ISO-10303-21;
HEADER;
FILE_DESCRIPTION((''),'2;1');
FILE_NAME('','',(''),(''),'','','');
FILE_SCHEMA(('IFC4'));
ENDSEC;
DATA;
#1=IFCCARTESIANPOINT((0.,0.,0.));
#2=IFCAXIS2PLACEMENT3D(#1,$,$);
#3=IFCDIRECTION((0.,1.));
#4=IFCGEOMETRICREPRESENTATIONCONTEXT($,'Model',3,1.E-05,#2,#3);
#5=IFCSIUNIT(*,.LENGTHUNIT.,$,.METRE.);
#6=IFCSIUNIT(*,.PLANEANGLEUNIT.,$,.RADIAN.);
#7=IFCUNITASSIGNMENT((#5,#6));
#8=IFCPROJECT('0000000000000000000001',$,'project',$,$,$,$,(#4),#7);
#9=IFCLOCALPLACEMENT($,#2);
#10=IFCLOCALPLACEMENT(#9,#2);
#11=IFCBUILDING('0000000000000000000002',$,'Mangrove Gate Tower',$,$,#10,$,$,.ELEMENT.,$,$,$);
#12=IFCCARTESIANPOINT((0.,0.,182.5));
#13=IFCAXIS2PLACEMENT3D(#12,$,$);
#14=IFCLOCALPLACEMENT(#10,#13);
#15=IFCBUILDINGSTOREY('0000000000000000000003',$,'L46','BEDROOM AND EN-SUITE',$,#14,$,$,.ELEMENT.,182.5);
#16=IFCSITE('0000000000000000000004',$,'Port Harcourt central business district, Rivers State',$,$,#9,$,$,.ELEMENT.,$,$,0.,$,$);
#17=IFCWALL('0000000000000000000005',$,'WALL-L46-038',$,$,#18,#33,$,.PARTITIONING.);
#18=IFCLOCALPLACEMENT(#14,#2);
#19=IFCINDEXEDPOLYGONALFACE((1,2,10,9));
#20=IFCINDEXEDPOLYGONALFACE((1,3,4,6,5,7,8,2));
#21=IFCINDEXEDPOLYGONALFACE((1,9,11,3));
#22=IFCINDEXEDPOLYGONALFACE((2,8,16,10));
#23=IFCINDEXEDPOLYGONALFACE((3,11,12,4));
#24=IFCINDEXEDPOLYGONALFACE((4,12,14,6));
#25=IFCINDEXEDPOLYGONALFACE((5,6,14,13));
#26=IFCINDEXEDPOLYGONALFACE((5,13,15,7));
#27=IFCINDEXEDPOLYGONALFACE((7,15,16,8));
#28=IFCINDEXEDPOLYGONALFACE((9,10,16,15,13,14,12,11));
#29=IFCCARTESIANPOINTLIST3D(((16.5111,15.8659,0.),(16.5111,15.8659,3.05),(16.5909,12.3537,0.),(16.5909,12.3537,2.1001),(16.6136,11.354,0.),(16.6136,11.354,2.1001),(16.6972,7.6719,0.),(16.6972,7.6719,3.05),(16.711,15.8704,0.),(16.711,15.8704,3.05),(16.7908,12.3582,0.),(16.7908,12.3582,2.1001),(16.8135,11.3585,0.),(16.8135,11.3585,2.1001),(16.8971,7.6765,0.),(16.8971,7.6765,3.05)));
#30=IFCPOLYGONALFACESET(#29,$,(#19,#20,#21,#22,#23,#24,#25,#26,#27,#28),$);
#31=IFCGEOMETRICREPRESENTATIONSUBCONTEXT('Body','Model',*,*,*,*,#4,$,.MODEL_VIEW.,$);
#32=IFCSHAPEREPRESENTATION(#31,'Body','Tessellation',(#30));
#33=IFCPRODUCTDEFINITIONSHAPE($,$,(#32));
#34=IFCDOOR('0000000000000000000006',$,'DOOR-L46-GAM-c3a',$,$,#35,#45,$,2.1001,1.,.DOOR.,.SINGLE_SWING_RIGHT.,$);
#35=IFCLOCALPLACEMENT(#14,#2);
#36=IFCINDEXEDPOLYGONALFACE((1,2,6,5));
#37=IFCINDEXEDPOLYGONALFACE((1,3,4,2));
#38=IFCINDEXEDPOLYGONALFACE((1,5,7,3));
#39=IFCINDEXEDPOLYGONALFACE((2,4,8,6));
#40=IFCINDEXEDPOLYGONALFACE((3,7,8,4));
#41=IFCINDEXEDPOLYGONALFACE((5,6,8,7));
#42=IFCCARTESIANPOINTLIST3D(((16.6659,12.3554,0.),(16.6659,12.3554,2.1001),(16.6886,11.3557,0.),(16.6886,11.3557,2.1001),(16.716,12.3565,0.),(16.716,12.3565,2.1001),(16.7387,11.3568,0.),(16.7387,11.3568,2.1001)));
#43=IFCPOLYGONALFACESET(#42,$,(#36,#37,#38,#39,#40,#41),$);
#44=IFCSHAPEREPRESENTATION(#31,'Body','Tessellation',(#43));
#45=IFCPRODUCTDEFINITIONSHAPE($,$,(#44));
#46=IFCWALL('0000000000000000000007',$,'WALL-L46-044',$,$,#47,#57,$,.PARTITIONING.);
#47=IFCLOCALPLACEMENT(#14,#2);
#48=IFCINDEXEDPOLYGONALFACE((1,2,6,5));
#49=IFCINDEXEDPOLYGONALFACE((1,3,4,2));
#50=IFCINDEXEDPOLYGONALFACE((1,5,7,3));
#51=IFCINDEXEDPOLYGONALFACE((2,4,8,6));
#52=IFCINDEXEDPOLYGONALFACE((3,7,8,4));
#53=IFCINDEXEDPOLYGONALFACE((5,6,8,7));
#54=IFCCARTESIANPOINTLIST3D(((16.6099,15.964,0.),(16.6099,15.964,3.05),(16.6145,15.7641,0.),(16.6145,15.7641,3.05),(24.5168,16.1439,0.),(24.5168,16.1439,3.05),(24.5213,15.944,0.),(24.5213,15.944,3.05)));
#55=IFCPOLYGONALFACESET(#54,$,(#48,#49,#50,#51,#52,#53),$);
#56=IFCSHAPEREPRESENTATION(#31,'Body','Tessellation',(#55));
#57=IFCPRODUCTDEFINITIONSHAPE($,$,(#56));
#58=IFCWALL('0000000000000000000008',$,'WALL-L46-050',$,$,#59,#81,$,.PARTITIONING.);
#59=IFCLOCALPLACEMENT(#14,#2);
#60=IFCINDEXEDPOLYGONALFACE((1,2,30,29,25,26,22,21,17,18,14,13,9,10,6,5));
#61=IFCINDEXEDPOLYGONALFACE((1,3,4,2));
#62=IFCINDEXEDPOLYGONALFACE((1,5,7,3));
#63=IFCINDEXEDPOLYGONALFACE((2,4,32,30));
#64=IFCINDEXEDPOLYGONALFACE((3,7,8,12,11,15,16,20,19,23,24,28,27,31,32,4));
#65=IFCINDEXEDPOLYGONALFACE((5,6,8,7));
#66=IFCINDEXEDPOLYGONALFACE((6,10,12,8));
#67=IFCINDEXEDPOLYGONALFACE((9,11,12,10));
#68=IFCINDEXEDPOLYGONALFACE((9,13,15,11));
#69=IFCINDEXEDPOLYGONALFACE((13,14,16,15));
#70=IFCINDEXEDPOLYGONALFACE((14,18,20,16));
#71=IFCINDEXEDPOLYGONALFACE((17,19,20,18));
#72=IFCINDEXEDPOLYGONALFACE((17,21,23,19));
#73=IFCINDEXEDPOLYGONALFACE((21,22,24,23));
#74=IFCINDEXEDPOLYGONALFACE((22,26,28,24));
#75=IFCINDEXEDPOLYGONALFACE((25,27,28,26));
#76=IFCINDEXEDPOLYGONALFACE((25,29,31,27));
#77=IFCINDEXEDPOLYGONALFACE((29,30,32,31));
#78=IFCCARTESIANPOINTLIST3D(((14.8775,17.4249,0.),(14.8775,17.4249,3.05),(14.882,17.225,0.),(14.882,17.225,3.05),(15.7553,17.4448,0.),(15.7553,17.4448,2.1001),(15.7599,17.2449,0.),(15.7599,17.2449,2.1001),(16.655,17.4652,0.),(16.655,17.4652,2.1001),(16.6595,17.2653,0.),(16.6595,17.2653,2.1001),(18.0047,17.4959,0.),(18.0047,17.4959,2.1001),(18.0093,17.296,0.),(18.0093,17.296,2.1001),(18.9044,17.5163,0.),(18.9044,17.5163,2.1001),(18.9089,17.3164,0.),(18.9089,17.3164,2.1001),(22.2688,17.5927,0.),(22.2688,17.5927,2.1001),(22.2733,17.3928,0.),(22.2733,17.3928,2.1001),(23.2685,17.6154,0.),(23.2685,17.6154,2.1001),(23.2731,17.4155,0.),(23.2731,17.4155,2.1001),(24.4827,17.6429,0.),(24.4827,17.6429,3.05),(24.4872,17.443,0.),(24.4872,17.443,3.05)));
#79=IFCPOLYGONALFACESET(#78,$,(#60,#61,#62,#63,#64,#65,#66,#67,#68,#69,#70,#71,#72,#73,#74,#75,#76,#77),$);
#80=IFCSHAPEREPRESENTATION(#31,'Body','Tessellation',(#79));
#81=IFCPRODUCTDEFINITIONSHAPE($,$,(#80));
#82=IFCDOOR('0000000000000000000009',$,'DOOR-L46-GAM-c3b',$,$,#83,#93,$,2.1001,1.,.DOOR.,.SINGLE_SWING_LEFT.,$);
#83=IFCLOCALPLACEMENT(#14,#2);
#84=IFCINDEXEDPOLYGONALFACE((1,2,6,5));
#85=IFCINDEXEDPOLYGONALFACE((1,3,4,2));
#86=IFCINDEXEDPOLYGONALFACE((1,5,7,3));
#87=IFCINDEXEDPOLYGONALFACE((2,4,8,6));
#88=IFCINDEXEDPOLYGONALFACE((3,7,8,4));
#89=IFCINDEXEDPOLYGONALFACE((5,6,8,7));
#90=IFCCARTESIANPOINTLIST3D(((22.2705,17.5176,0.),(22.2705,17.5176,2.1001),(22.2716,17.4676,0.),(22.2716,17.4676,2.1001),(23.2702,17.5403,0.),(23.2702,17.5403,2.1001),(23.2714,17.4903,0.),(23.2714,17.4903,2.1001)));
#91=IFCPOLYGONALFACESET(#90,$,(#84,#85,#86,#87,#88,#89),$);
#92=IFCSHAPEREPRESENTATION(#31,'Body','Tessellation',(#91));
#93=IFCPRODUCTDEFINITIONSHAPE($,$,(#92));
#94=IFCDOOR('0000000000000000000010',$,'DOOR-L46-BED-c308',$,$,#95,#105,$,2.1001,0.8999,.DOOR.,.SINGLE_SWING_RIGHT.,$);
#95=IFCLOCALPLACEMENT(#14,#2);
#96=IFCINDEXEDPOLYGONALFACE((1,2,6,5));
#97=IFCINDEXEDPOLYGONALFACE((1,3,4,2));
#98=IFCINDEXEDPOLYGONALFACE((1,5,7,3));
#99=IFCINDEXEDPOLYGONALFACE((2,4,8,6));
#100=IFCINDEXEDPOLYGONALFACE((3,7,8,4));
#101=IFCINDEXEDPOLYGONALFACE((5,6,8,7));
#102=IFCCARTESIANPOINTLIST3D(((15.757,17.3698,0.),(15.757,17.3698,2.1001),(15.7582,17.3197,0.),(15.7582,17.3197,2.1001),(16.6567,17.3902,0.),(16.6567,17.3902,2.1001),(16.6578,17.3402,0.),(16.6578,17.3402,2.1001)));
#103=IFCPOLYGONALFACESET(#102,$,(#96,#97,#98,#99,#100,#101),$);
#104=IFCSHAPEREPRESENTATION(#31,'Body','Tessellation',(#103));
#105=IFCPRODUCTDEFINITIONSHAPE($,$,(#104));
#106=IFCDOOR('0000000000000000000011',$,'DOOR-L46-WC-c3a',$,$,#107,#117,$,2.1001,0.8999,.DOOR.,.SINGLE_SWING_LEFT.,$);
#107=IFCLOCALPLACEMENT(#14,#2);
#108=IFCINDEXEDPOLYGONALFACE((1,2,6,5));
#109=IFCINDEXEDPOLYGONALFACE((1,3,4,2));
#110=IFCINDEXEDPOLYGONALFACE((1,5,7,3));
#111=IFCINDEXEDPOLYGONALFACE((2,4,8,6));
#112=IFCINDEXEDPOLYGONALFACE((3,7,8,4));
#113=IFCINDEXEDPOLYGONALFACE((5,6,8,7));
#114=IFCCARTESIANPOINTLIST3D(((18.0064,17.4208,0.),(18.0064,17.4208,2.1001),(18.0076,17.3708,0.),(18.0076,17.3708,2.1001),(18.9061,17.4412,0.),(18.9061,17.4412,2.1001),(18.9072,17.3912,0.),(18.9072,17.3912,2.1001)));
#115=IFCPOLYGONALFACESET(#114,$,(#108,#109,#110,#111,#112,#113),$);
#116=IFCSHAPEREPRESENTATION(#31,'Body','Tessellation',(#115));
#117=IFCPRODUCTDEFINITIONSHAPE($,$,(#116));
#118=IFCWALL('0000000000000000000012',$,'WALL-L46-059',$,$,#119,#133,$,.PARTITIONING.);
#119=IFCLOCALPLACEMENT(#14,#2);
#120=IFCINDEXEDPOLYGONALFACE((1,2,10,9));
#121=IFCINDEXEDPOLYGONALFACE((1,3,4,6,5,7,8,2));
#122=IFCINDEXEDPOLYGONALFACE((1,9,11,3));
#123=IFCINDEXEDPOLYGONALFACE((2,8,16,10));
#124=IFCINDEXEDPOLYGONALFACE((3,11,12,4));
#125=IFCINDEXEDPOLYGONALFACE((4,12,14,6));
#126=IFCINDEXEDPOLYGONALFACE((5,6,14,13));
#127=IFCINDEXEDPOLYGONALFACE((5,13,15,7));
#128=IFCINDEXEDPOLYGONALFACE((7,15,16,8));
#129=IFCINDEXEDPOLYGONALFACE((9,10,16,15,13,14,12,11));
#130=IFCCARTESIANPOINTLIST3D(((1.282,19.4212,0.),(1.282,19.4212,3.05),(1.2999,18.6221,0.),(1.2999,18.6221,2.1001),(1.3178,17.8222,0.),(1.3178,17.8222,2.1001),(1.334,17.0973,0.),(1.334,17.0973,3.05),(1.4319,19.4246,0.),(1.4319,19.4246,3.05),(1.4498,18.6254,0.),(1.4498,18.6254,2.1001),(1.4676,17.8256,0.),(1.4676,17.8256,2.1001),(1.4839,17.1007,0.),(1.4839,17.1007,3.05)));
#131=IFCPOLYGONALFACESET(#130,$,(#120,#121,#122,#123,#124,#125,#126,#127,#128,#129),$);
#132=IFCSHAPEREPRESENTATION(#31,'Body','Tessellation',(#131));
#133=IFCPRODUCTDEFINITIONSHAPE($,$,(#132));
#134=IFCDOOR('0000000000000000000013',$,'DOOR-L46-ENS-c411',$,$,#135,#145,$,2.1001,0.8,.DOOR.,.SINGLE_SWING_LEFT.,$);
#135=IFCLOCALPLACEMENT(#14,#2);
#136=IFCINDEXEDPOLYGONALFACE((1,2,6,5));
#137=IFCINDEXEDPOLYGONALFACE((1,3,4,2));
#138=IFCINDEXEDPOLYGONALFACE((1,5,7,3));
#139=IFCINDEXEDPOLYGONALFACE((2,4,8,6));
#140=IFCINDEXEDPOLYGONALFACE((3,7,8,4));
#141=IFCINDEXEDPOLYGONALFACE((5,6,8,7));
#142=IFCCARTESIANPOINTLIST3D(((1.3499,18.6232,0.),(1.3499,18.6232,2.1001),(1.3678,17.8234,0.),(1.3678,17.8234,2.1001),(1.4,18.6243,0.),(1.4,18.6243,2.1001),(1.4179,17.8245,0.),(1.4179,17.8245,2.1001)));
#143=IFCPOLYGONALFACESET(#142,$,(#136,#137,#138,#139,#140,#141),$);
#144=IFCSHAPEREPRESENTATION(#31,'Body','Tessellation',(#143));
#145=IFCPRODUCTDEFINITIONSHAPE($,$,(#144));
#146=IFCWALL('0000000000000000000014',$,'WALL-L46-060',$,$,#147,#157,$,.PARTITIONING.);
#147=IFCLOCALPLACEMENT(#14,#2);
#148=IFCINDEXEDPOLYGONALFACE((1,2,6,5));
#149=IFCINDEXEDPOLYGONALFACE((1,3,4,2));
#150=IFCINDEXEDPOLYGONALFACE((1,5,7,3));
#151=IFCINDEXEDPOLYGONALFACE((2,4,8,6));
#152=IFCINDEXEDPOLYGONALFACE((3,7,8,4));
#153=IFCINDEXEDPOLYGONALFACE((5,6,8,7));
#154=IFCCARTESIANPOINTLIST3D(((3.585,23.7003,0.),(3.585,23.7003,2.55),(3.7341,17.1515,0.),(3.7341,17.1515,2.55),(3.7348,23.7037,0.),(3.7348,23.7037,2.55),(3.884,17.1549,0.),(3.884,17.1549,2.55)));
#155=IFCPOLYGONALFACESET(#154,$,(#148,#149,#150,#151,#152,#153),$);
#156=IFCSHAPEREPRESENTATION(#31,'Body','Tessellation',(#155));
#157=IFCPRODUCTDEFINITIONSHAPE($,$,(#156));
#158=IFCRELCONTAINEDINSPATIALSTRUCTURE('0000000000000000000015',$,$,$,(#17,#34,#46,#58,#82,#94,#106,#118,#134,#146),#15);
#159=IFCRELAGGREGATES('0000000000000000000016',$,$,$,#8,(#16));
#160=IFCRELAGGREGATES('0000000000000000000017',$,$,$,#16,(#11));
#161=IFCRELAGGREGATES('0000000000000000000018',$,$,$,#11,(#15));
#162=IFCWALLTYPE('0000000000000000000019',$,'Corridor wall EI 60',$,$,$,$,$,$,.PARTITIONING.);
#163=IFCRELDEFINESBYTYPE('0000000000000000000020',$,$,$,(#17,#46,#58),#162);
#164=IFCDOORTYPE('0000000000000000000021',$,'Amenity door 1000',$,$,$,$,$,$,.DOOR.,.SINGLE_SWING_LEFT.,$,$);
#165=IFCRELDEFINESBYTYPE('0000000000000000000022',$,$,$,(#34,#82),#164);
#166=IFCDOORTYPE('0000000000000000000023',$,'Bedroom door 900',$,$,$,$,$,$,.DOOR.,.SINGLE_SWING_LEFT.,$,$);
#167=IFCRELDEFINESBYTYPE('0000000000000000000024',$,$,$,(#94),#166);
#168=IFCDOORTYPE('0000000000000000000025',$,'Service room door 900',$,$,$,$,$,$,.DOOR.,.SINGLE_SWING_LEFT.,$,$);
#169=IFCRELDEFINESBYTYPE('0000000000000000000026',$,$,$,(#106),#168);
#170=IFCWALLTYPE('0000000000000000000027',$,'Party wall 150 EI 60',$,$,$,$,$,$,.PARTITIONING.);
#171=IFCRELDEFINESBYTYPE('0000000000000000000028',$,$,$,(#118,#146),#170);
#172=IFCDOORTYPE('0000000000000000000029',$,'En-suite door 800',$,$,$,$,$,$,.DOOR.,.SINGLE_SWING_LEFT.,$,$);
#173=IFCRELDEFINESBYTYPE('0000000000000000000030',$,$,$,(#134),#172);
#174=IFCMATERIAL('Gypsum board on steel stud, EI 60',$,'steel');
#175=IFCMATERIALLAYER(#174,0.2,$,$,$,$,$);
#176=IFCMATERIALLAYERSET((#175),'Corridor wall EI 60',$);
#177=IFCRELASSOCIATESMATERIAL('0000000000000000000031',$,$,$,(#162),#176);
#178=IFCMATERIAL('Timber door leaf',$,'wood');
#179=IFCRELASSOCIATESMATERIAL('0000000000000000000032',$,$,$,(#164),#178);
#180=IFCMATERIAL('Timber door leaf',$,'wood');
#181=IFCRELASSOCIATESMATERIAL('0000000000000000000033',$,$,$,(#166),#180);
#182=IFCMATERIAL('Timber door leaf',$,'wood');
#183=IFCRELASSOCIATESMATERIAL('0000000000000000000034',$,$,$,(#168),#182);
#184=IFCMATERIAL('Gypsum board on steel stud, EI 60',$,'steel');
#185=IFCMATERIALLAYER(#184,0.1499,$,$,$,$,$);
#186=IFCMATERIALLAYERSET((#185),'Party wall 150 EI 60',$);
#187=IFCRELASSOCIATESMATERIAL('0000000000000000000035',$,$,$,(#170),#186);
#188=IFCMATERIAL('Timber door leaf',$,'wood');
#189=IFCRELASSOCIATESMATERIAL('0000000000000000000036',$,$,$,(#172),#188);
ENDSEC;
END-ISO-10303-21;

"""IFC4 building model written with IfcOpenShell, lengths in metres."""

from ifc_helpers import new_model, si_unit, direction, frame, frame_2d, origin, place, context, subcontext, project, spatial, rectangle, extrude, material, layer, layer_set, type_object, element, fill, save


model = new_model("IFC4")

# Units and contexts
model_context = context("Model", 3, precision=1e-05, world=origin(), true_north=direction((0.0, 1.0)))
body_context = subcontext(model_context, "Body", "Model", "MODEL_VIEW")
ifc_project = project(units=[si_unit("LENGTHUNIT", "METRE"), si_unit("PLANEANGLEUNIT", "RADIAN")], contexts=[model_context])

# Site, building, storey
site_placement = place(None, origin())
site = spatial("IfcSite", under=ifc_project, at=site_placement, Name="Port Harcourt central business district, Rivers State", CompositionType="ELEMENT", RefElevation=0.0)
building_placement = place(site_placement, origin())
building = spatial("IfcBuilding", under=site, at=building_placement, Name="Mangrove Gate Tower", CompositionType="ELEMENT")
storey_placement = place(building_placement, frame((0.0, 0.0, 182.5)))
storey = spatial("IfcBuildingStorey", under=building, at=storey_placement, Name="L46", Description="BEDROOM AND EN-SUITE", CompositionType="ELEMENT", Elevation=182.5)

# Wall, opening, door
ifc_material_1 = material(Name="Gypsum board on steel stud, EI 60", Category="steel")
ifc_layer_1 = layer(ifc_material_1, 0.2)
ifc_layer_set_1 = layer_set([ifc_layer_1], Name="Corridor wall EI 60")
wall_type_1 = type_object("IfcWallType", Name="Corridor wall EI 60", PredefinedType="PARTITIONING", material=ifc_layer_set_1)
wall_1_placement = place(storey_placement, frame((16.7971, 7.6741, 0.0), z_axis=(0.0, 0.0, 1.0), x_axis=(-0.022698, 0.999742, 0.0)))
wall_1 = element("IfcWall", 1, at=wall_1_placement, inside=storey, type_object=wall_type_1, Name="WALL-L46-038", PredefinedType="PARTITIONING", context=body_context, shape_type="SweptSolid", body=[
    extrude(rectangle(XDim=8.196, YDim=0.2, at=frame_2d((4.0981, 0.0))), origin(), (0.0, 0.0, 1.0), 3.05),
])
opening_1_placement = place(wall_1_placement, frame((3.6831, 0.0, 0.0)))
opening_1 = element("IfcOpeningElement", 2, at=opening_1_placement, cuts=wall_1, PredefinedType="OPENING", context=body_context, shape_type="SweptSolid", body=[
    extrude(rectangle(XDim=1.0, YDim=2.1001, at=frame_2d((0.5, 1.05))), frame((0.0, 0.1099, 0.0), z_axis=(0.0, -1.0, 0.0), x_axis=(1.0, 0.0, 0.0)), (0.0, 0.0, 1.0), 0.22),
])
ifc_material_2 = material(Name="Timber door leaf", Category="wood")
door_type_1 = type_object("IfcDoorType", Name="Amenity door 1000", OperationType="SINGLE_SWING_LEFT", PredefinedType="DOOR", material=ifc_material_2)
door_1_placement = place(opening_1_placement, origin())
door_1 = element("IfcDoor", 3, at=door_1_placement, inside=storey, type_object=door_type_1, Name="DOOR-L46-GAM-c3a", OperationType="SINGLE_SWING_RIGHT", OverallHeight=2.1001, OverallWidth=1.0, PredefinedType="DOOR", context=body_context, shape_type="SweptSolid", body=[
    extrude(rectangle(XDim=1.0, YDim=2.1001, at=frame_2d((0.5, 1.05))), frame((0.0, 0.0249, 0.0), z_axis=(0.0, -1.0, 0.0), x_axis=(1.0, 0.0, 0.0)), (0.0, 0.0, 1.0), 0.05),
])
fill(opening_1, door_1)

# Wall
wall_2_placement = place(storey_placement, frame((16.6121, 15.864, 0.0), z_axis=(0.0, 0.0, 1.0), x_axis=(0.999741, 0.02275, 0.0)))
element("IfcWall", 4, at=wall_2_placement, inside=storey, type_object=wall_type_1, Name="WALL-L46-044", PredefinedType="PARTITIONING", context=body_context, shape_type="SweptSolid", body=[
    extrude(rectangle(XDim=7.9089, YDim=0.2, at=frame_2d((3.9546, 0.0))), origin(), (0.0, 0.0, 1.0), 3.05),
])

# Wall, openings, doors
wall_3_placement = place(storey_placement, frame((14.8799, 17.325, 0.0), z_axis=(0.0, 0.0, 1.0), x_axis=(0.999743, 0.022692, 0.0)))
wall_3 = element("IfcWall", 5, at=wall_3_placement, inside=storey, type_object=wall_type_1, Name="WALL-L46-050", PredefinedType="PARTITIONING", context=body_context, shape_type="SweptSolid", body=[
    extrude(rectangle(XDim=9.6077, YDim=0.2, at=frame_2d((4.8037, 0.0))), origin(), (0.0, 0.0, 1.0), 3.05),
])
opening_2_placement = place(wall_3_placement, frame((7.3931, 0.0, 0.0)))
opening_2 = element("IfcOpeningElement", 6, at=opening_2_placement, cuts=wall_3, PredefinedType="OPENING", context=body_context, shape_type="SweptSolid", body=[
    extrude(rectangle(XDim=1.0, YDim=2.1001, at=frame_2d((0.5, 1.05))), frame((0.0, 0.1099, 0.0), z_axis=(0.0, -1.0, 0.0), x_axis=(1.0, 0.0, 0.0)), (0.0, 0.0, 1.0), 0.22),
])
opening_3_placement = place(wall_3_placement, frame((3.1279, 0.0, 0.0)))
opening_3 = element("IfcOpeningElement", 7, at=opening_3_placement, cuts=wall_3, PredefinedType="OPENING", context=body_context, shape_type="SweptSolid", body=[
    extrude(rectangle(XDim=0.8999, YDim=2.1001, at=frame_2d((0.45, 1.05))), frame((0.0, 0.1099, 0.0), z_axis=(0.0, -1.0, 0.0), x_axis=(1.0, 0.0, 0.0)), (0.0, 0.0, 1.0), 0.22),
])
opening_4_placement = place(wall_3_placement, frame((0.8779, 0.0, 0.0)))
opening_4 = element("IfcOpeningElement", 8, at=opening_4_placement, cuts=wall_3, PredefinedType="OPENING", context=body_context, shape_type="SweptSolid", body=[
    extrude(rectangle(XDim=0.8999, YDim=2.1001, at=frame_2d((0.45, 1.05))), frame((0.0, 0.1099, 0.0), z_axis=(0.0, -1.0, 0.0), x_axis=(1.0, 0.0, 0.0)), (0.0, 0.0, 1.0), 0.22),
])
door_2_placement = place(opening_2_placement, origin())
door_2 = element("IfcDoor", 9, at=door_2_placement, inside=storey, type_object=door_type_1, Name="DOOR-L46-GAM-c3b", OperationType="SINGLE_SWING_LEFT", OverallHeight=2.1001, OverallWidth=1.0, PredefinedType="DOOR", context=body_context, shape_type="SweptSolid", body=[
    extrude(rectangle(XDim=1.0, YDim=2.1001, at=frame_2d((0.5, 1.05))), frame((0.0, 0.0249, 0.0), z_axis=(0.0, -1.0, 0.0), x_axis=(1.0, 0.0, 0.0)), (0.0, 0.0, 1.0), 0.05),
])
fill(opening_2, door_2)
ifc_material_3 = material(Name="Timber door leaf", Category="wood")
door_type_2 = type_object("IfcDoorType", Name="Bedroom door 900", OperationType="SINGLE_SWING_LEFT", PredefinedType="DOOR", material=ifc_material_3)
door_3_placement = place(opening_4_placement, origin())
door_3 = element("IfcDoor", 10, at=door_3_placement, inside=storey, type_object=door_type_2, Name="DOOR-L46-BED-c308", OperationType="SINGLE_SWING_RIGHT", OverallHeight=2.1001, OverallWidth=0.8999, PredefinedType="DOOR", context=body_context, shape_type="SweptSolid", body=[
    extrude(rectangle(XDim=0.8999, YDim=2.1001, at=frame_2d((0.45, 1.05))), frame((0.0, 0.0249, 0.0), z_axis=(0.0, -1.0, 0.0), x_axis=(1.0, 0.0, 0.0)), (0.0, 0.0, 1.0), 0.05),
])
fill(opening_4, door_3)
ifc_material_4 = material(Name="Timber door leaf", Category="wood")
door_type_3 = type_object("IfcDoorType", Name="Service room door 900", OperationType="SINGLE_SWING_LEFT", PredefinedType="DOOR", material=ifc_material_4)
door_4_placement = place(opening_3_placement, origin())
door_4 = element("IfcDoor", 11, at=door_4_placement, inside=storey, type_object=door_type_3, Name="DOOR-L46-WC-c3a", OperationType="SINGLE_SWING_LEFT", OverallHeight=2.1001, OverallWidth=0.8999, PredefinedType="DOOR", context=body_context, shape_type="SweptSolid", body=[
    extrude(rectangle(XDim=0.8999, YDim=2.1001, at=frame_2d((0.45, 1.05))), frame((0.0, 0.0249, 0.0), z_axis=(0.0, -1.0, 0.0), x_axis=(1.0, 0.0, 0.0)), (0.0, 0.0, 1.0), 0.05),
])
fill(opening_3, door_4)

# Wall, opening, door
ifc_material_5 = material(Name="Gypsum board on steel stud, EI 60", Category="steel")
ifc_layer_2 = layer(ifc_material_5, 0.1499)
ifc_layer_set_2 = layer_set([ifc_layer_2], Name="Party wall 150 EI 60")
wall_type_2 = type_object("IfcWallType", Name="Party wall 150 EI 60", PredefinedType="PARTITIONING", material=ifc_layer_set_2)
wall_4_placement = place(storey_placement, frame((1.4089, 17.0991, 0.0), z_axis=(0.0, 0.0, 1.0), x_axis=(-0.022371, 0.99975, 0.0)))
wall_4 = element("IfcWall", 12, at=wall_4_placement, inside=storey, type_object=wall_type_2, Name="WALL-L46-059", PredefinedType="PARTITIONING", context=body_context, shape_type="SweptSolid", body=[
    extrude(rectangle(XDim=2.3245, YDim=0.1499, at=frame_2d((1.1621, 0.0))), origin(), (0.0, 0.0, 1.0), 3.05),
])
opening_5_placement = place(wall_4_placement, frame((0.7251, 0.0, 0.0)))
opening_5 = element("IfcOpeningElement", 13, at=opening_5_placement, cuts=wall_4, PredefinedType="OPENING", context=body_context, shape_type="SweptSolid", body=[
    extrude(rectangle(XDim=0.8, YDim=2.1001, at=frame_2d((0.3999, 1.05))), frame((0.0, 0.085, 0.0), z_axis=(0.0, -1.0, 0.0), x_axis=(1.0, 0.0, 0.0)), (0.0, 0.0, 1.0), 0.1699),
])
ifc_material_6 = material(Name="Timber door leaf", Category="wood")
door_type_4 = type_object("IfcDoorType", Name="En-suite door 800", OperationType="SINGLE_SWING_LEFT", PredefinedType="DOOR", material=ifc_material_6)
door_5_placement = place(opening_5_placement, origin())
door_5 = element("IfcDoor", 14, at=door_5_placement, inside=storey, type_object=door_type_4, Name="DOOR-L46-ENS-c411", OperationType="SINGLE_SWING_LEFT", OverallHeight=2.1001, OverallWidth=0.8, PredefinedType="DOOR", context=body_context, shape_type="SweptSolid", body=[
    extrude(rectangle(XDim=0.8, YDim=2.1001, at=frame_2d((0.3999, 1.05))), frame((0.0, 0.0249, 0.0), z_axis=(0.0, -1.0, 0.0), x_axis=(1.0, 0.0, 0.0)), (0.0, 0.0, 1.0), 0.05),
])
fill(opening_5, door_5)

# Wall
wall_5_placement = place(storey_placement, frame((3.8091, 17.1531, 0.0), z_axis=(0.0, 0.0, 1.0), x_axis=(-0.022772, 0.999741, 0.0)))
element("IfcWall", 15, at=wall_5_placement, inside=storey, type_object=wall_type_2, Name="WALL-L46-060", PredefinedType="PARTITIONING", context=body_context, shape_type="SweptSolid", body=[
    extrude(rectangle(XDim=6.5505, YDim=0.1499, at=frame_2d((3.2754, 0.0))), origin(), (0.0, 0.0, 1.0), 2.55),
])

save(model, "model.ifc")
